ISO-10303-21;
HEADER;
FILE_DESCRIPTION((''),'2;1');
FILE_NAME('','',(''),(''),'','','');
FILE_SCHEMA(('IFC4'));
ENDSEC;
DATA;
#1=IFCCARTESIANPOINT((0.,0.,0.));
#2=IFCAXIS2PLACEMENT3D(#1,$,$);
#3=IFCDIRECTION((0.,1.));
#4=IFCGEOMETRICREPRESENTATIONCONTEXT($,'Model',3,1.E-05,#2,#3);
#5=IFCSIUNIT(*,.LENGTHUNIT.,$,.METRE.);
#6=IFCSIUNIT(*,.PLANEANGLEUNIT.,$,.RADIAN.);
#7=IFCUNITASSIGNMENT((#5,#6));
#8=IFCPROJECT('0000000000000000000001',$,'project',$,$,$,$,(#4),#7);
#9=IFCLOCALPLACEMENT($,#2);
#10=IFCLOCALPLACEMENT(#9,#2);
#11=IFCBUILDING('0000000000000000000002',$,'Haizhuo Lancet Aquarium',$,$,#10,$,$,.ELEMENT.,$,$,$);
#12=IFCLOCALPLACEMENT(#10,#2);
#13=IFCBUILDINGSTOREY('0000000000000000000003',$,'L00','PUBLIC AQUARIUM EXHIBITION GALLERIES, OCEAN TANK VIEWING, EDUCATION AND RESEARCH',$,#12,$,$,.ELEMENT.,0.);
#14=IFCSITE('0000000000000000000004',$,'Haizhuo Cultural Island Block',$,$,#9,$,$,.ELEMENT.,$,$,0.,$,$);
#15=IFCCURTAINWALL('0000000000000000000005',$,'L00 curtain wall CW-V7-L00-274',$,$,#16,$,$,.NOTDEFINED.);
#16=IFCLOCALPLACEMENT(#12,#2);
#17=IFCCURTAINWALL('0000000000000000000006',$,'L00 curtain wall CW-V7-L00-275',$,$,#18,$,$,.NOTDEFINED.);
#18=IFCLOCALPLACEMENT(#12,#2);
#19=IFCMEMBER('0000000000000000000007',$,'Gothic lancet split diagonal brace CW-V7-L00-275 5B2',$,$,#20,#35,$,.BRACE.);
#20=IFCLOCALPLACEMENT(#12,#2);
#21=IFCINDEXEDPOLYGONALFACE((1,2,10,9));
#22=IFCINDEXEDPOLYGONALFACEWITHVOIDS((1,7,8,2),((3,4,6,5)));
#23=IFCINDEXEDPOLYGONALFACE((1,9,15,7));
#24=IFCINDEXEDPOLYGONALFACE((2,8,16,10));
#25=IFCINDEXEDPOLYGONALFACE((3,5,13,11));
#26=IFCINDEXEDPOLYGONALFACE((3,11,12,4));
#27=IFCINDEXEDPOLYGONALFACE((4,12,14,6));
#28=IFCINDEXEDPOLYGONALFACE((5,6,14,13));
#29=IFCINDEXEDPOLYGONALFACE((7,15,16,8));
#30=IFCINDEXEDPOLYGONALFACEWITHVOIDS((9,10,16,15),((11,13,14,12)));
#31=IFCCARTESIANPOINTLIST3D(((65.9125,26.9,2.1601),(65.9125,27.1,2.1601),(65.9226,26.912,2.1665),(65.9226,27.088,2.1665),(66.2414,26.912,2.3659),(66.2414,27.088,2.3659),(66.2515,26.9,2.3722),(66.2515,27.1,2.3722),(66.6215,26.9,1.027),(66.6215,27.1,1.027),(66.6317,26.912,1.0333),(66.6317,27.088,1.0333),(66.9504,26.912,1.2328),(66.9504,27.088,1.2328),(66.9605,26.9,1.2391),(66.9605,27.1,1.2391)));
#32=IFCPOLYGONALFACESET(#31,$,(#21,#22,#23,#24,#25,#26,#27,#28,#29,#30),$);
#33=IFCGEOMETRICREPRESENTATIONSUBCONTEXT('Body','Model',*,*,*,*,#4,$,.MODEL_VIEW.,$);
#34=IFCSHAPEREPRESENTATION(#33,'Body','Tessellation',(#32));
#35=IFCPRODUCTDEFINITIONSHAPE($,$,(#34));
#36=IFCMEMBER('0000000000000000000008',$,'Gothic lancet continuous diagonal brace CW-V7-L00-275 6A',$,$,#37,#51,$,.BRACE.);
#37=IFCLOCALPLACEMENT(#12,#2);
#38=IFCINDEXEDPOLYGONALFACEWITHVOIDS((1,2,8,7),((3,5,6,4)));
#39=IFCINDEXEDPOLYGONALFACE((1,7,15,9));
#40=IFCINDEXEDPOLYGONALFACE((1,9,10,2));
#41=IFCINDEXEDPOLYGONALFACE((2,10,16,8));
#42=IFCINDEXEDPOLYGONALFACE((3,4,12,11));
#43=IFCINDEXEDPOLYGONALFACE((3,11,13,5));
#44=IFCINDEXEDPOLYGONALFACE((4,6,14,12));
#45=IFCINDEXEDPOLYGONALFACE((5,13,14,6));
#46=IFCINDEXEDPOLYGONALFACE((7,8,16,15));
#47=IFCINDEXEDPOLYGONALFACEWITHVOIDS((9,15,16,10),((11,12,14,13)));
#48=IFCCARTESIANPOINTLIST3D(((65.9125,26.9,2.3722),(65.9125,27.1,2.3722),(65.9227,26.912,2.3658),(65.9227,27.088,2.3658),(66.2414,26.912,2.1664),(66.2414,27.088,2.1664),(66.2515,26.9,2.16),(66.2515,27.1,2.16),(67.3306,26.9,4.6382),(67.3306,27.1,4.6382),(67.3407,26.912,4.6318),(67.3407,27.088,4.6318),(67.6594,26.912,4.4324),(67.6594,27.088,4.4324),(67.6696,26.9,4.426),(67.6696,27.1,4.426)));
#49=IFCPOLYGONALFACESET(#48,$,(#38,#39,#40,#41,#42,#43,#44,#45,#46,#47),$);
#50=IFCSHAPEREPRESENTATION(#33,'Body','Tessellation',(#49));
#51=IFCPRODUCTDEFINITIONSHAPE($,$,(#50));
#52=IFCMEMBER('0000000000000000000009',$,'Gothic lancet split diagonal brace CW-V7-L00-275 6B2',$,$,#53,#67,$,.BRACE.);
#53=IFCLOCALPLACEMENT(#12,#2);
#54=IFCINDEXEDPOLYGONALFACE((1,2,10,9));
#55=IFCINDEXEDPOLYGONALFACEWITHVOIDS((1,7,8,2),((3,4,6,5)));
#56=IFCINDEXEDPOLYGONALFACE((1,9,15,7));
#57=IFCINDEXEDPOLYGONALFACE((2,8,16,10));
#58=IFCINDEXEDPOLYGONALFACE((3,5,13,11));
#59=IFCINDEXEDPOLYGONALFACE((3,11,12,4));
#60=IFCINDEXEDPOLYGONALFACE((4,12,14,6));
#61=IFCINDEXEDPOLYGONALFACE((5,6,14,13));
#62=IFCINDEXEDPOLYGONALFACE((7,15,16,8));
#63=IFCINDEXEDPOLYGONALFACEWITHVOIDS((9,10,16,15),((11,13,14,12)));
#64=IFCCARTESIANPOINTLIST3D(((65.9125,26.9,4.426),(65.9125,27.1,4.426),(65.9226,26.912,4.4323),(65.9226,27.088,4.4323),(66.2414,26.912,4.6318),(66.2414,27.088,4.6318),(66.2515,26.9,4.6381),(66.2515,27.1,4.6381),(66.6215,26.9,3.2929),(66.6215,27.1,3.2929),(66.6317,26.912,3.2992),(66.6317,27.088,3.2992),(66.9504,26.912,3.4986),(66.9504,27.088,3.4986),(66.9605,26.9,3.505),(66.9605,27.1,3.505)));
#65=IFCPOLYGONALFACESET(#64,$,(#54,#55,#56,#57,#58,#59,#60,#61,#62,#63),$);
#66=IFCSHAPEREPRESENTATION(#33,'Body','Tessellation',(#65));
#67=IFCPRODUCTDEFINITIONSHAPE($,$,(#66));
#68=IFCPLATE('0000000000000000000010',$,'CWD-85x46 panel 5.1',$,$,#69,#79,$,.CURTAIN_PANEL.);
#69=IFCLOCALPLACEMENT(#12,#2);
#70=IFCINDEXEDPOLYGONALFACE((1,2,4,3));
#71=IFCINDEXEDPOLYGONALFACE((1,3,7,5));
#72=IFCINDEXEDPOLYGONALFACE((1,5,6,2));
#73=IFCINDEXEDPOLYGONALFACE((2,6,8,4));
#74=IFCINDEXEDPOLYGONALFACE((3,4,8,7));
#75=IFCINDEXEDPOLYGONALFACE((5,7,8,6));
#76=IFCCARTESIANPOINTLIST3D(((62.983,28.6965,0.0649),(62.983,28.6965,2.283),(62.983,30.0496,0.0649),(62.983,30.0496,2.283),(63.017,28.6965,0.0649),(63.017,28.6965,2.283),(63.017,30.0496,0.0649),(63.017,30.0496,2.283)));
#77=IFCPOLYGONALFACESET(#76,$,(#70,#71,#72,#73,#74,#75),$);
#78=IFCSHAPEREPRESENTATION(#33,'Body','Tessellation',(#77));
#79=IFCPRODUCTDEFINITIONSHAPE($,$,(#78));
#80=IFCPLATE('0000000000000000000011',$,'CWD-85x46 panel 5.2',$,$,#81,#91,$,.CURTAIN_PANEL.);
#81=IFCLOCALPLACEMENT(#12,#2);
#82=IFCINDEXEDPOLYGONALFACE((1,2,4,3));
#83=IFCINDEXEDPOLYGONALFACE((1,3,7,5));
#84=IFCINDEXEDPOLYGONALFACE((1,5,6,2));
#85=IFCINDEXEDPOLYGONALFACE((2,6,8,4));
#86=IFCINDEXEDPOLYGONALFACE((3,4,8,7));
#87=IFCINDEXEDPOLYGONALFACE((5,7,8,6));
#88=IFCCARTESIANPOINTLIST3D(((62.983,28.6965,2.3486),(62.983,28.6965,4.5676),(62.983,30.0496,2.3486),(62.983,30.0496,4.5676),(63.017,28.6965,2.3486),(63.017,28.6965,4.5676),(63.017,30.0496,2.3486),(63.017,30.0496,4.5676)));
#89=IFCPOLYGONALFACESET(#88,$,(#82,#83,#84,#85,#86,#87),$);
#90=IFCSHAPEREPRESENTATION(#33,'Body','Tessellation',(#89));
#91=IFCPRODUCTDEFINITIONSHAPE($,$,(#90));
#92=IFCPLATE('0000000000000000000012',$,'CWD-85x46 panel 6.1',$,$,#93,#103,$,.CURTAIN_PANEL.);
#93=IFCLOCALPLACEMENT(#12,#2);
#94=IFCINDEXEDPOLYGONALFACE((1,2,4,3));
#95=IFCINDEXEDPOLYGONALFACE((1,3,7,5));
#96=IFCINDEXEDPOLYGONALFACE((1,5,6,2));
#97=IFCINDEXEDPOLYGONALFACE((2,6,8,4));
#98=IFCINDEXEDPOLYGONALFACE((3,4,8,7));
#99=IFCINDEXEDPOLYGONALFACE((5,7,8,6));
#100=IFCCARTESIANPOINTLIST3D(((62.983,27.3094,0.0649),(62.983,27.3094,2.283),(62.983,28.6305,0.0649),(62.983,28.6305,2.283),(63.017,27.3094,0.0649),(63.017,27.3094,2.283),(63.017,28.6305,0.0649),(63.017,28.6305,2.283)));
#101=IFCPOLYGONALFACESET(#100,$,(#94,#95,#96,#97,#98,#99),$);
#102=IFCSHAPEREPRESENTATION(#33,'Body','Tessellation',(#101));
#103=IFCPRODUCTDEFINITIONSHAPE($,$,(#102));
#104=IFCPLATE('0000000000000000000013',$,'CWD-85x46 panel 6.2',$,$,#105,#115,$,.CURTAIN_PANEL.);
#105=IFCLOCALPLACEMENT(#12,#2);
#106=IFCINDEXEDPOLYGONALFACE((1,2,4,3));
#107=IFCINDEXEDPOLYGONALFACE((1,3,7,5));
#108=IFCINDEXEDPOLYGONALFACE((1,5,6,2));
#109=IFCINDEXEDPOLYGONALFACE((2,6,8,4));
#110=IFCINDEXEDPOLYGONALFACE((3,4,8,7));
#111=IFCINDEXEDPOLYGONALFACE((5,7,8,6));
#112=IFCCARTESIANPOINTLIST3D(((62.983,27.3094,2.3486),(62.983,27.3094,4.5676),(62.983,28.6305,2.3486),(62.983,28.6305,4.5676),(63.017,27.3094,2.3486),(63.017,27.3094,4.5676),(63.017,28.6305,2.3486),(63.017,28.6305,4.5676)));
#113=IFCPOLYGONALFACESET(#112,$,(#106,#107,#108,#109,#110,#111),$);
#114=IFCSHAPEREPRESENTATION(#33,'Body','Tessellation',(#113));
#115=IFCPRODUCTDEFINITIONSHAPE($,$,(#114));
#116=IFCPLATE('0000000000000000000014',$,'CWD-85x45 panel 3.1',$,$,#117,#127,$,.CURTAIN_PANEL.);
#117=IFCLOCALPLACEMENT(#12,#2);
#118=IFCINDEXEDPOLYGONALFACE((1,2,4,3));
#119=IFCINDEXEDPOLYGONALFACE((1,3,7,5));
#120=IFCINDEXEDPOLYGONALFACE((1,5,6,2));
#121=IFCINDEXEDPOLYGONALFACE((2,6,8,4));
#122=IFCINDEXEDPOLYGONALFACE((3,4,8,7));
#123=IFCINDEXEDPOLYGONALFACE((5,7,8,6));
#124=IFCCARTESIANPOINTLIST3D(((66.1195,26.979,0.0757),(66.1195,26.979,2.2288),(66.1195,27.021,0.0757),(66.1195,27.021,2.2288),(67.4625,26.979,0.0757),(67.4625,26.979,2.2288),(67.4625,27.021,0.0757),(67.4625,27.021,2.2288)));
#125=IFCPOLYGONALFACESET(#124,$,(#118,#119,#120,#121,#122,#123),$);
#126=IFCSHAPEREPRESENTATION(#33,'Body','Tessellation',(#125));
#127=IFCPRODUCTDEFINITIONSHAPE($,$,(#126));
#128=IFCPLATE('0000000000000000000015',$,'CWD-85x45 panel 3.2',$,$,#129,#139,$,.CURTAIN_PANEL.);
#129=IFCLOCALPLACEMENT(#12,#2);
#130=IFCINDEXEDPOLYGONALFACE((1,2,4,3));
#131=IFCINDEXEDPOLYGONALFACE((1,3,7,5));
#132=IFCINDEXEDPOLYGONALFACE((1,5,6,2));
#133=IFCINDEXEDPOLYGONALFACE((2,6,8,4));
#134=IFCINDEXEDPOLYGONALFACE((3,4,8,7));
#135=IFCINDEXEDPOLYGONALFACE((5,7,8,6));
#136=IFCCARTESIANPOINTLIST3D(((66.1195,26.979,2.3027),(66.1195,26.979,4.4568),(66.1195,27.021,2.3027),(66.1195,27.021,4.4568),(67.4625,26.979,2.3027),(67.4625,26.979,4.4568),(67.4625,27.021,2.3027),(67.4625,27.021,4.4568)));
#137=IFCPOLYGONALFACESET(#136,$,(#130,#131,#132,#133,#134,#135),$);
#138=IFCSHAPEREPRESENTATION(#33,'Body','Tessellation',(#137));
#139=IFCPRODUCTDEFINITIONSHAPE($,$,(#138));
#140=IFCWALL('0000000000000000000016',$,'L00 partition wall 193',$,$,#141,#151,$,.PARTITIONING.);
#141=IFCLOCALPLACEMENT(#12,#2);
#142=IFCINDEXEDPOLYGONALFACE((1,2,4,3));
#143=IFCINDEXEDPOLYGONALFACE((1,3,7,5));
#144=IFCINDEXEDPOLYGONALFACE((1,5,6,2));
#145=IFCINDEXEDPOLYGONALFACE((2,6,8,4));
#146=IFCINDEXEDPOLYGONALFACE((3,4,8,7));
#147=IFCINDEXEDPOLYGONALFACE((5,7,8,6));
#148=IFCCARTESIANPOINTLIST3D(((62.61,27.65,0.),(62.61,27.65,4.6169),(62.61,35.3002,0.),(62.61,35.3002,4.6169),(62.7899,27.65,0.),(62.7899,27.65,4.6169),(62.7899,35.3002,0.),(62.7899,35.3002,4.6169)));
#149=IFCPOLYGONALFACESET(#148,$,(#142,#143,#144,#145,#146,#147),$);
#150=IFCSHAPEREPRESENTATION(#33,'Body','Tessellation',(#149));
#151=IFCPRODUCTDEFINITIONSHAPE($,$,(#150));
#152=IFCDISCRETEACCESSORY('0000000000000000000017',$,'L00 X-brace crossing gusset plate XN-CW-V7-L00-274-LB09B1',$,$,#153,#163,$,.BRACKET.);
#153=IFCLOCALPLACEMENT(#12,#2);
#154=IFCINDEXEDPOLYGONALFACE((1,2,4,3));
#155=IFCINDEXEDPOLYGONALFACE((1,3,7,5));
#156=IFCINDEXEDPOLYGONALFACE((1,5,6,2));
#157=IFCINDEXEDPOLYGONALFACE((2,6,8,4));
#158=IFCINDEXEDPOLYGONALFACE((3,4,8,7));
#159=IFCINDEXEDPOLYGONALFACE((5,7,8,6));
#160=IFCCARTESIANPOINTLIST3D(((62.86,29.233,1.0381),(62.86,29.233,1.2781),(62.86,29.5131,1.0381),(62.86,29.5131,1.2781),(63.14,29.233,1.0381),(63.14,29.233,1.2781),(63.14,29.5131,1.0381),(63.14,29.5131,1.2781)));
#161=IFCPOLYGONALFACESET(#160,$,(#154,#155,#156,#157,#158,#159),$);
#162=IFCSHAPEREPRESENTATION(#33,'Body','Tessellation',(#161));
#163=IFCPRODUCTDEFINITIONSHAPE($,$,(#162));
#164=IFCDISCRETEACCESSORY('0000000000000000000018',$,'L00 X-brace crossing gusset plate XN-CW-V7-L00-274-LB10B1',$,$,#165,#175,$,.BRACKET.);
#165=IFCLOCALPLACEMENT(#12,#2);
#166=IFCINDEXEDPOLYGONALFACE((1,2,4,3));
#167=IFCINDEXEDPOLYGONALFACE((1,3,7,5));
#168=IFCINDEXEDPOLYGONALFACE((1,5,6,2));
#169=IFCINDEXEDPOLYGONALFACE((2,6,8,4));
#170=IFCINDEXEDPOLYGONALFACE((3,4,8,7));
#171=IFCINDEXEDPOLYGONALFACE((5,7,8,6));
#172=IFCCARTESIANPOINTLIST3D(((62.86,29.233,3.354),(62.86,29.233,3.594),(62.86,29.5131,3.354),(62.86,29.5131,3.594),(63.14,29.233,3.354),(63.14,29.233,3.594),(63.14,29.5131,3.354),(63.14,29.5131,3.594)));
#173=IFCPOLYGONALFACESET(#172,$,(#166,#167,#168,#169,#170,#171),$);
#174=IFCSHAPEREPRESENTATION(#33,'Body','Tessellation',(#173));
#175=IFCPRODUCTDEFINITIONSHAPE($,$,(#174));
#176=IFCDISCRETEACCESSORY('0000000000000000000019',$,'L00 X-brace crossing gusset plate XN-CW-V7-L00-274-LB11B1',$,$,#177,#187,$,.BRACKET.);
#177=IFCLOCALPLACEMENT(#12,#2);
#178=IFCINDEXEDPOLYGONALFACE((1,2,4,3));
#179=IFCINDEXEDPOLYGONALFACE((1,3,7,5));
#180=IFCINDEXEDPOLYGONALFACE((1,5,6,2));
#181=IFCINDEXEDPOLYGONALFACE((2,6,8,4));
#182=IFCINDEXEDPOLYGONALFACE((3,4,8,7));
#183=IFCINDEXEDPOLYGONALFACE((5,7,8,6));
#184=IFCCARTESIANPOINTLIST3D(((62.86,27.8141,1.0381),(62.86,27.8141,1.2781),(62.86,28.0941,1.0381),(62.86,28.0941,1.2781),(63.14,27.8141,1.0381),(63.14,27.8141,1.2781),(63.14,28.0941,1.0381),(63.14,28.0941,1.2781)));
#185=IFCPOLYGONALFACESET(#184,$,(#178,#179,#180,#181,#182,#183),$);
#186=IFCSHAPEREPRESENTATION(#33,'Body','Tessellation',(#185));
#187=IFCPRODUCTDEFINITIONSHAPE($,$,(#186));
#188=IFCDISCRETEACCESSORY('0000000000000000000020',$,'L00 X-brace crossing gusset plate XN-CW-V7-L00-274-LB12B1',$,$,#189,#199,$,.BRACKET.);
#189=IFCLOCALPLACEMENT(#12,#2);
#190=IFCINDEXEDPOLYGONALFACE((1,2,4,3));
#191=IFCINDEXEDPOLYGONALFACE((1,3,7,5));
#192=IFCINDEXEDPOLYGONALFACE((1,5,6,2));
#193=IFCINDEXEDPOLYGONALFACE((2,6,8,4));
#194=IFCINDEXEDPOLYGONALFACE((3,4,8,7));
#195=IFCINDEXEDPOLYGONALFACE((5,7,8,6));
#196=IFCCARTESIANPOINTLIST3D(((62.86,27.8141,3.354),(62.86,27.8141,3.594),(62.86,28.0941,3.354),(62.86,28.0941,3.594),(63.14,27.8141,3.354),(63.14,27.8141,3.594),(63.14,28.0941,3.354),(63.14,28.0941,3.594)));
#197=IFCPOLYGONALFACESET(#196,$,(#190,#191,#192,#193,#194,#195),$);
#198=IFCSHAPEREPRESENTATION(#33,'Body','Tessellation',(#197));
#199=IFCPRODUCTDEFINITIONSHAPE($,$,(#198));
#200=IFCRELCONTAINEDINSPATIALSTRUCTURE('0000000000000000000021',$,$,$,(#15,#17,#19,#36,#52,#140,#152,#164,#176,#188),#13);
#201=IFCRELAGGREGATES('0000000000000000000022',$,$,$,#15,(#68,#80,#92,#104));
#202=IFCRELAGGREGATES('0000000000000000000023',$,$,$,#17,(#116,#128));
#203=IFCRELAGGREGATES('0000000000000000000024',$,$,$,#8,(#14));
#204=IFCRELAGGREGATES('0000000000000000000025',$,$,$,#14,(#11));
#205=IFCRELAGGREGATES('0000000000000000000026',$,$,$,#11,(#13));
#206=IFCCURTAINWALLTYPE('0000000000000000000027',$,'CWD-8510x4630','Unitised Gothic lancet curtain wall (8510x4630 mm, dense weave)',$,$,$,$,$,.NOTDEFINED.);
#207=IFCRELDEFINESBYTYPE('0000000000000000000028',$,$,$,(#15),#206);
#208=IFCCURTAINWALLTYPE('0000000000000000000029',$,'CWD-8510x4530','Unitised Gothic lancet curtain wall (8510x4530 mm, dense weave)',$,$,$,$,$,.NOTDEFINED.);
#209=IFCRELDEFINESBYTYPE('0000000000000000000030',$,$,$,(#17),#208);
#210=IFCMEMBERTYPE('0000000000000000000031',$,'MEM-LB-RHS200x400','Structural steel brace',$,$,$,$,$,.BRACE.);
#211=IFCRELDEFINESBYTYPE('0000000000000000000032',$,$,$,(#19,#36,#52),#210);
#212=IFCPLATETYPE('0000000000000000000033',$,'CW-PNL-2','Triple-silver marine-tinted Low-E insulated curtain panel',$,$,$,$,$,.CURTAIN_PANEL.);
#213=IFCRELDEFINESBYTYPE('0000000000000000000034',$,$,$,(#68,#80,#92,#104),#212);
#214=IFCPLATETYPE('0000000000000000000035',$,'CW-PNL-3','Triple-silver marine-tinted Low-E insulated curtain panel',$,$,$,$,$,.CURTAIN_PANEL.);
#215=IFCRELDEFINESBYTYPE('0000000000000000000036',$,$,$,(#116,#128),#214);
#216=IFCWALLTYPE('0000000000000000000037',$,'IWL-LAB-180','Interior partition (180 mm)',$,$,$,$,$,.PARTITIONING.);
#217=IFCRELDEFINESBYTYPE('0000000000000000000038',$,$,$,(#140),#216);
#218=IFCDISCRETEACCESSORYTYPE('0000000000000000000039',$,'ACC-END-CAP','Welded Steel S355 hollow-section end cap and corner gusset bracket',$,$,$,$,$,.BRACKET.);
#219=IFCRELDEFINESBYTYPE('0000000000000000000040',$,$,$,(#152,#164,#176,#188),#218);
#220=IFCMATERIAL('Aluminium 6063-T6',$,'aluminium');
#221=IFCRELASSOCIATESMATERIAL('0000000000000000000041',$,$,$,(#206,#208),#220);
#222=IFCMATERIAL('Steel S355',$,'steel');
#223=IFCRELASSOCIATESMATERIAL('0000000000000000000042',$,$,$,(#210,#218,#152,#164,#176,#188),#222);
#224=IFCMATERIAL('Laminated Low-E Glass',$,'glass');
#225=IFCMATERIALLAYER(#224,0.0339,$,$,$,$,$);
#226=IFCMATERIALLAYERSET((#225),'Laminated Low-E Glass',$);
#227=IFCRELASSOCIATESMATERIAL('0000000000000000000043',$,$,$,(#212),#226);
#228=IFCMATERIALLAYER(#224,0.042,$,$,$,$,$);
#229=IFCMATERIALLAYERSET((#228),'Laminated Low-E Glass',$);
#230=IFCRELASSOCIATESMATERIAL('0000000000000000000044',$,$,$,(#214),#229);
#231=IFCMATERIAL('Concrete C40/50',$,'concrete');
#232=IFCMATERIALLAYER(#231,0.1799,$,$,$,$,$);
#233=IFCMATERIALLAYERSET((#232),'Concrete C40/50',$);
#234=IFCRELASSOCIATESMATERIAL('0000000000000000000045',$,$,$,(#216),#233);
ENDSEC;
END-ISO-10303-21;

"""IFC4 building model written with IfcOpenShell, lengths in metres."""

from ifc_helpers import new_model, si_unit, direction, frame, frame_2d, origin, origin_2d, place, context, subcontext, project, spatial, rectangle, hollow_rectangle, extrude, material, layer, layer_set, material_profile, profile_set, type_object, element, aggregate, save


model = new_model("IFC4")

# Units and contexts
model_context = context("Model", 3, precision=1e-05, world=origin(), true_north=direction((0.0, 1.0)))
body_context = subcontext(model_context, "Body", "Model", "MODEL_VIEW")
ifc_project = project(units=[si_unit("LENGTHUNIT", "METRE"), si_unit("PLANEANGLEUNIT", "RADIAN")], contexts=[model_context])

# Site, building, storey
site_placement = place(None, origin())
site = spatial("IfcSite", under=ifc_project, at=site_placement, Name="Haizhuo Cultural Island Block", CompositionType="ELEMENT", RefElevation=0.0)
building_placement = place(site_placement, origin())
building = spatial("IfcBuilding", under=site, at=building_placement, Name="Haizhuo Lancet Aquarium", CompositionType="ELEMENT")
storey_placement = place(building_placement, origin())
storey = spatial("IfcBuildingStorey", under=building, at=storey_placement, Name="L00", Description="PUBLIC AQUARIUM EXHIBITION GALLERIES, OCEAN TANK VIEWING, EDUCATION AND RESEARCH", CompositionType="ELEMENT", Elevation=0.0)

# Curtain walls
ifc_material_1 = material(Name="Aluminium 6063-T6", Category="aluminium")
curtain_wall_type_1 = type_object("IfcCurtainWallType", Name="CWD-8510x4630", Description="Unitised Gothic lancet curtain wall (8510x4630 mm, dense weave)", PredefinedType="NOTDEFINED", material=ifc_material_1)
curtain_wall_1_placement = place(storey_placement, origin())
curtain_wall_1 = element("IfcCurtainWall", 1, at=curtain_wall_1_placement, inside=storey, type_object=curtain_wall_type_1, Name="L00 curtain wall CW-V7-L00-274", PredefinedType="NOTDEFINED")
curtain_wall_type_2 = type_object("IfcCurtainWallType", Name="CWD-8510x4530", Description="Unitised Gothic lancet curtain wall (8510x4530 mm, dense weave)", PredefinedType="NOTDEFINED", material=ifc_material_1)
curtain_wall_2_placement = place(storey_placement, origin())
curtain_wall_2 = element("IfcCurtainWall", 2, at=curtain_wall_2_placement, inside=storey, type_object=curtain_wall_type_2, Name="L00 curtain wall CW-V7-L00-275", PredefinedType="NOTDEFINED")

# Members
ifc_material_2 = material(Name="Steel S355", Category="steel")
ifc_material_profile_1 = material_profile(ifc_material_2, hollow_rectangle(XDim=0.2, YDim=0.3999, WallThickness=0.012, at=origin_2d()), Name="RHS 200x400x12")
ifc_profile_set_1 = profile_set([ifc_material_profile_1], Name="Steel S355")
member_type_1 = type_object("IfcMemberType", Name="MEM-LB-RHS200x400", Description="Structural steel brace", PredefinedType="BRACE", material=ifc_profile_set_1)
member_1_placement = place(storey_placement, frame((66.791, 27.0, 1.1331), z_axis=(-0.530442, 0.0, 0.847721), x_axis=(0.0, -1.0, 0.0)))
element("IfcMember", 3, at=member_1_placement, inside=storey, type_object=member_type_1, Name="Gothic lancet split diagonal brace CW-V7-L00-275 5B2", PredefinedType="BRACE", context=body_context, shape_type="SweptSolid", body=[
    extrude(hollow_rectangle(XDim=0.2, YDim=0.3999, WallThickness=0.012, at=origin_2d()), origin(), (0.0, 0.0, 1.0), 1.3367),
])
member_2_placement = place(storey_placement, frame((66.082, 27.0, 2.2661), z_axis=(0.530483, 0.0, 0.847695), x_axis=(0.0, 1.0, 0.0)))
element("IfcMember", 4, at=member_2_placement, inside=storey, type_object=member_type_1, Name="Gothic lancet continuous diagonal brace CW-V7-L00-275 6A", PredefinedType="BRACE", context=body_context, shape_type="SweptSolid", body=[
    extrude(hollow_rectangle(XDim=0.2, YDim=0.3999, WallThickness=0.012, at=origin_2d()), origin(), (0.0, 0.0, 1.0), 2.6731),
])
member_3_placement = place(storey_placement, frame((66.791, 27.0, 3.3989), z_axis=(-0.530442, 0.0, 0.847721), x_axis=(0.0, -1.0, 0.0)))
element("IfcMember", 5, at=member_3_placement, inside=storey, type_object=member_type_1, Name="Gothic lancet split diagonal brace CW-V7-L00-275 6B2", PredefinedType="BRACE", context=body_context, shape_type="SweptSolid", body=[
    extrude(hollow_rectangle(XDim=0.2, YDim=0.3999, WallThickness=0.012, at=origin_2d()), origin(), (0.0, 0.0, 1.0), 1.3367),
])

# Plates
ifc_material_3 = material(Name="Laminated Low-E Glass", Category="glass")
ifc_layer_1 = layer(ifc_material_3, 0.0339)
ifc_layer_set_1 = layer_set([ifc_layer_1], Name="Laminated Low-E Glass")
plate_type_1 = type_object("IfcPlateType", Name="CW-PNL-2", Description="Triple-silver marine-tinted Low-E insulated curtain panel", PredefinedType="CURTAIN_PANEL", material=ifc_layer_set_1)
plate_1_placement = place(storey_placement, frame((63.0, 29.373, 0.0649), z_axis=(0.0, 0.0, 1.0), x_axis=(0.0, -1.0, 0.0)))
plate_1 = element("IfcPlate", 6, at=plate_1_placement, type_object=plate_type_1, Name="CWD-85x46 panel 5.1", PredefinedType="CURTAIN_PANEL", context=body_context, shape_type="SweptSolid", body=[
    extrude(rectangle(XDim=1.353, YDim=0.0339, at=origin_2d()), origin(), (0.0, 0.0, 1.0), 2.218),
])
plate_2_placement = place(storey_placement, frame((63.0, 29.373, 2.3486), z_axis=(0.0, 0.0, 1.0), x_axis=(0.0, -1.0, 0.0)))
plate_2 = element("IfcPlate", 7, at=plate_2_placement, type_object=plate_type_1, Name="CWD-85x46 panel 5.2", PredefinedType="CURTAIN_PANEL", context=body_context, shape_type="SweptSolid", body=[
    extrude(rectangle(XDim=1.353, YDim=0.0339, at=origin_2d()), origin(), (0.0, 0.0, 1.0), 2.219),
])
plate_3_placement = place(storey_placement, frame((63.0, 27.97, 0.0649), z_axis=(0.0, 0.0, 1.0), x_axis=(0.0, -1.0, 0.0)))
plate_3 = element("IfcPlate", 8, at=plate_3_placement, type_object=plate_type_1, Name="CWD-85x46 panel 6.1", PredefinedType="CURTAIN_PANEL", context=body_context, shape_type="SweptSolid", body=[
    extrude(rectangle(XDim=1.321, YDim=0.0339, at=origin_2d()), origin(), (0.0, 0.0, 1.0), 2.218),
])
plate_4_placement = place(storey_placement, frame((63.0, 27.97, 2.3486), z_axis=(0.0, 0.0, 1.0), x_axis=(0.0, -1.0, 0.0)))
plate_4 = element("IfcPlate", 9, at=plate_4_placement, type_object=plate_type_1, Name="CWD-85x46 panel 6.2", PredefinedType="CURTAIN_PANEL", context=body_context, shape_type="SweptSolid", body=[
    extrude(rectangle(XDim=1.321, YDim=0.0339, at=origin_2d()), origin(), (0.0, 0.0, 1.0), 2.219),
])
aggregate(curtain_wall_1, [plate_1, plate_2, plate_3, plate_4])
ifc_layer_2 = layer(ifc_material_3, 0.042)
ifc_layer_set_2 = layer_set([ifc_layer_2], Name="Laminated Low-E Glass")
plate_type_2 = type_object("IfcPlateType", Name="CW-PNL-3", Description="Triple-silver marine-tinted Low-E insulated curtain panel", PredefinedType="CURTAIN_PANEL", material=ifc_layer_set_2)
plate_5_placement = place(storey_placement, frame((66.791, 27.0, 0.0757), z_axis=(0.0, 0.0, 1.0), x_axis=(1.0, 0.0, 0.0)))
plate_5 = element("IfcPlate", 10, at=plate_5_placement, type_object=plate_type_2, Name="CWD-85x45 panel 3.1", PredefinedType="CURTAIN_PANEL", context=body_context, shape_type="SweptSolid", body=[
    extrude(rectangle(XDim=1.343, YDim=0.042, at=origin_2d()), origin(), (0.0, 0.0, 1.0), 2.1531),
])
plate_6_placement = place(storey_placement, frame((66.791, 27.0, 2.3027), z_axis=(0.0, 0.0, 1.0), x_axis=(1.0, 0.0, 0.0)))
plate_6 = element("IfcPlate", 11, at=plate_6_placement, type_object=plate_type_2, Name="CWD-85x45 panel 3.2", PredefinedType="CURTAIN_PANEL", context=body_context, shape_type="SweptSolid", body=[
    extrude(rectangle(XDim=1.343, YDim=0.042, at=origin_2d()), origin(), (0.0, 0.0, 1.0), 2.1541),
])
aggregate(curtain_wall_2, [plate_5, plate_6])

# Wall
ifc_material_4 = material(Name="Concrete C40/50", Category="concrete")
ifc_layer_3 = layer(ifc_material_4, 0.1799)
ifc_layer_set_3 = layer_set([ifc_layer_3], Name="Concrete C40/50")
wall_type = type_object("IfcWallType", Name="IWL-LAB-180", Description="Interior partition (180 mm)", PredefinedType="PARTITIONING", material=ifc_layer_set_3)
wall_placement = place(storey_placement, frame((62.7, 27.6499, 0.0), z_axis=(0.0, 0.0, 1.0), x_axis=(0.0, 1.0, 0.0)))
element("IfcWall", 12, at=wall_placement, inside=storey, type_object=wall_type, Name="L00 partition wall 193", PredefinedType="PARTITIONING", context=body_context, shape_type="SweptSolid", body=[
    extrude(rectangle(XDim=7.6501, YDim=0.1799, at=frame_2d((3.8252, 0.0))), origin(), (0.0, 0.0, 1.0), 4.6169),
])

# Discrete accessories
discrete_accessory_type = type_object("IfcDiscreteAccessoryType", Name="ACC-END-CAP", Description="Welded Steel S355 hollow-section end cap and corner gusset bracket", PredefinedType="BRACKET", material=ifc_material_2)
for number, where, z_axis, x_axis, name in (
    (13, (63.0, 29.373, 1.0381), (0.0, 0.0, 1.0), (1.0, 0.0, 0.0), "L00 X-brace crossing gusset plate XN-CW-V7-L00-274-LB09B1"),
    (14, (63.0, 29.373, 3.354), (0.0, 0.0, 1.0), (1.0, 0.0, 0.0), "L00 X-brace crossing gusset plate XN-CW-V7-L00-274-LB10B1"),
    (15, (63.0, 27.9541, 1.0381), (0.0, 0.0, 1.0), (1.0, 0.0, 0.0), "L00 X-brace crossing gusset plate XN-CW-V7-L00-274-LB11B1"),
    (16, (63.0, 27.9541, 3.354), (0.0, 0.0, 1.0), (1.0, 0.0, 0.0), "L00 X-brace crossing gusset plate XN-CW-V7-L00-274-LB12B1"),
):
    element("IfcDiscreteAccessory", number, at=place(storey_placement, frame(where, z_axis=z_axis, x_axis=x_axis)), inside=storey, type_object=discrete_accessory_type, material=ifc_material_2, Name=name, PredefinedType="BRACKET", context=body_context, shape_type="SweptSolid", body=[
        extrude(rectangle(XDim=0.28, YDim=0.28, at=origin_2d()), origin(), (0.0, 0.0, 1.0), 0.24),
    ])

save(model, "model.ifc")
